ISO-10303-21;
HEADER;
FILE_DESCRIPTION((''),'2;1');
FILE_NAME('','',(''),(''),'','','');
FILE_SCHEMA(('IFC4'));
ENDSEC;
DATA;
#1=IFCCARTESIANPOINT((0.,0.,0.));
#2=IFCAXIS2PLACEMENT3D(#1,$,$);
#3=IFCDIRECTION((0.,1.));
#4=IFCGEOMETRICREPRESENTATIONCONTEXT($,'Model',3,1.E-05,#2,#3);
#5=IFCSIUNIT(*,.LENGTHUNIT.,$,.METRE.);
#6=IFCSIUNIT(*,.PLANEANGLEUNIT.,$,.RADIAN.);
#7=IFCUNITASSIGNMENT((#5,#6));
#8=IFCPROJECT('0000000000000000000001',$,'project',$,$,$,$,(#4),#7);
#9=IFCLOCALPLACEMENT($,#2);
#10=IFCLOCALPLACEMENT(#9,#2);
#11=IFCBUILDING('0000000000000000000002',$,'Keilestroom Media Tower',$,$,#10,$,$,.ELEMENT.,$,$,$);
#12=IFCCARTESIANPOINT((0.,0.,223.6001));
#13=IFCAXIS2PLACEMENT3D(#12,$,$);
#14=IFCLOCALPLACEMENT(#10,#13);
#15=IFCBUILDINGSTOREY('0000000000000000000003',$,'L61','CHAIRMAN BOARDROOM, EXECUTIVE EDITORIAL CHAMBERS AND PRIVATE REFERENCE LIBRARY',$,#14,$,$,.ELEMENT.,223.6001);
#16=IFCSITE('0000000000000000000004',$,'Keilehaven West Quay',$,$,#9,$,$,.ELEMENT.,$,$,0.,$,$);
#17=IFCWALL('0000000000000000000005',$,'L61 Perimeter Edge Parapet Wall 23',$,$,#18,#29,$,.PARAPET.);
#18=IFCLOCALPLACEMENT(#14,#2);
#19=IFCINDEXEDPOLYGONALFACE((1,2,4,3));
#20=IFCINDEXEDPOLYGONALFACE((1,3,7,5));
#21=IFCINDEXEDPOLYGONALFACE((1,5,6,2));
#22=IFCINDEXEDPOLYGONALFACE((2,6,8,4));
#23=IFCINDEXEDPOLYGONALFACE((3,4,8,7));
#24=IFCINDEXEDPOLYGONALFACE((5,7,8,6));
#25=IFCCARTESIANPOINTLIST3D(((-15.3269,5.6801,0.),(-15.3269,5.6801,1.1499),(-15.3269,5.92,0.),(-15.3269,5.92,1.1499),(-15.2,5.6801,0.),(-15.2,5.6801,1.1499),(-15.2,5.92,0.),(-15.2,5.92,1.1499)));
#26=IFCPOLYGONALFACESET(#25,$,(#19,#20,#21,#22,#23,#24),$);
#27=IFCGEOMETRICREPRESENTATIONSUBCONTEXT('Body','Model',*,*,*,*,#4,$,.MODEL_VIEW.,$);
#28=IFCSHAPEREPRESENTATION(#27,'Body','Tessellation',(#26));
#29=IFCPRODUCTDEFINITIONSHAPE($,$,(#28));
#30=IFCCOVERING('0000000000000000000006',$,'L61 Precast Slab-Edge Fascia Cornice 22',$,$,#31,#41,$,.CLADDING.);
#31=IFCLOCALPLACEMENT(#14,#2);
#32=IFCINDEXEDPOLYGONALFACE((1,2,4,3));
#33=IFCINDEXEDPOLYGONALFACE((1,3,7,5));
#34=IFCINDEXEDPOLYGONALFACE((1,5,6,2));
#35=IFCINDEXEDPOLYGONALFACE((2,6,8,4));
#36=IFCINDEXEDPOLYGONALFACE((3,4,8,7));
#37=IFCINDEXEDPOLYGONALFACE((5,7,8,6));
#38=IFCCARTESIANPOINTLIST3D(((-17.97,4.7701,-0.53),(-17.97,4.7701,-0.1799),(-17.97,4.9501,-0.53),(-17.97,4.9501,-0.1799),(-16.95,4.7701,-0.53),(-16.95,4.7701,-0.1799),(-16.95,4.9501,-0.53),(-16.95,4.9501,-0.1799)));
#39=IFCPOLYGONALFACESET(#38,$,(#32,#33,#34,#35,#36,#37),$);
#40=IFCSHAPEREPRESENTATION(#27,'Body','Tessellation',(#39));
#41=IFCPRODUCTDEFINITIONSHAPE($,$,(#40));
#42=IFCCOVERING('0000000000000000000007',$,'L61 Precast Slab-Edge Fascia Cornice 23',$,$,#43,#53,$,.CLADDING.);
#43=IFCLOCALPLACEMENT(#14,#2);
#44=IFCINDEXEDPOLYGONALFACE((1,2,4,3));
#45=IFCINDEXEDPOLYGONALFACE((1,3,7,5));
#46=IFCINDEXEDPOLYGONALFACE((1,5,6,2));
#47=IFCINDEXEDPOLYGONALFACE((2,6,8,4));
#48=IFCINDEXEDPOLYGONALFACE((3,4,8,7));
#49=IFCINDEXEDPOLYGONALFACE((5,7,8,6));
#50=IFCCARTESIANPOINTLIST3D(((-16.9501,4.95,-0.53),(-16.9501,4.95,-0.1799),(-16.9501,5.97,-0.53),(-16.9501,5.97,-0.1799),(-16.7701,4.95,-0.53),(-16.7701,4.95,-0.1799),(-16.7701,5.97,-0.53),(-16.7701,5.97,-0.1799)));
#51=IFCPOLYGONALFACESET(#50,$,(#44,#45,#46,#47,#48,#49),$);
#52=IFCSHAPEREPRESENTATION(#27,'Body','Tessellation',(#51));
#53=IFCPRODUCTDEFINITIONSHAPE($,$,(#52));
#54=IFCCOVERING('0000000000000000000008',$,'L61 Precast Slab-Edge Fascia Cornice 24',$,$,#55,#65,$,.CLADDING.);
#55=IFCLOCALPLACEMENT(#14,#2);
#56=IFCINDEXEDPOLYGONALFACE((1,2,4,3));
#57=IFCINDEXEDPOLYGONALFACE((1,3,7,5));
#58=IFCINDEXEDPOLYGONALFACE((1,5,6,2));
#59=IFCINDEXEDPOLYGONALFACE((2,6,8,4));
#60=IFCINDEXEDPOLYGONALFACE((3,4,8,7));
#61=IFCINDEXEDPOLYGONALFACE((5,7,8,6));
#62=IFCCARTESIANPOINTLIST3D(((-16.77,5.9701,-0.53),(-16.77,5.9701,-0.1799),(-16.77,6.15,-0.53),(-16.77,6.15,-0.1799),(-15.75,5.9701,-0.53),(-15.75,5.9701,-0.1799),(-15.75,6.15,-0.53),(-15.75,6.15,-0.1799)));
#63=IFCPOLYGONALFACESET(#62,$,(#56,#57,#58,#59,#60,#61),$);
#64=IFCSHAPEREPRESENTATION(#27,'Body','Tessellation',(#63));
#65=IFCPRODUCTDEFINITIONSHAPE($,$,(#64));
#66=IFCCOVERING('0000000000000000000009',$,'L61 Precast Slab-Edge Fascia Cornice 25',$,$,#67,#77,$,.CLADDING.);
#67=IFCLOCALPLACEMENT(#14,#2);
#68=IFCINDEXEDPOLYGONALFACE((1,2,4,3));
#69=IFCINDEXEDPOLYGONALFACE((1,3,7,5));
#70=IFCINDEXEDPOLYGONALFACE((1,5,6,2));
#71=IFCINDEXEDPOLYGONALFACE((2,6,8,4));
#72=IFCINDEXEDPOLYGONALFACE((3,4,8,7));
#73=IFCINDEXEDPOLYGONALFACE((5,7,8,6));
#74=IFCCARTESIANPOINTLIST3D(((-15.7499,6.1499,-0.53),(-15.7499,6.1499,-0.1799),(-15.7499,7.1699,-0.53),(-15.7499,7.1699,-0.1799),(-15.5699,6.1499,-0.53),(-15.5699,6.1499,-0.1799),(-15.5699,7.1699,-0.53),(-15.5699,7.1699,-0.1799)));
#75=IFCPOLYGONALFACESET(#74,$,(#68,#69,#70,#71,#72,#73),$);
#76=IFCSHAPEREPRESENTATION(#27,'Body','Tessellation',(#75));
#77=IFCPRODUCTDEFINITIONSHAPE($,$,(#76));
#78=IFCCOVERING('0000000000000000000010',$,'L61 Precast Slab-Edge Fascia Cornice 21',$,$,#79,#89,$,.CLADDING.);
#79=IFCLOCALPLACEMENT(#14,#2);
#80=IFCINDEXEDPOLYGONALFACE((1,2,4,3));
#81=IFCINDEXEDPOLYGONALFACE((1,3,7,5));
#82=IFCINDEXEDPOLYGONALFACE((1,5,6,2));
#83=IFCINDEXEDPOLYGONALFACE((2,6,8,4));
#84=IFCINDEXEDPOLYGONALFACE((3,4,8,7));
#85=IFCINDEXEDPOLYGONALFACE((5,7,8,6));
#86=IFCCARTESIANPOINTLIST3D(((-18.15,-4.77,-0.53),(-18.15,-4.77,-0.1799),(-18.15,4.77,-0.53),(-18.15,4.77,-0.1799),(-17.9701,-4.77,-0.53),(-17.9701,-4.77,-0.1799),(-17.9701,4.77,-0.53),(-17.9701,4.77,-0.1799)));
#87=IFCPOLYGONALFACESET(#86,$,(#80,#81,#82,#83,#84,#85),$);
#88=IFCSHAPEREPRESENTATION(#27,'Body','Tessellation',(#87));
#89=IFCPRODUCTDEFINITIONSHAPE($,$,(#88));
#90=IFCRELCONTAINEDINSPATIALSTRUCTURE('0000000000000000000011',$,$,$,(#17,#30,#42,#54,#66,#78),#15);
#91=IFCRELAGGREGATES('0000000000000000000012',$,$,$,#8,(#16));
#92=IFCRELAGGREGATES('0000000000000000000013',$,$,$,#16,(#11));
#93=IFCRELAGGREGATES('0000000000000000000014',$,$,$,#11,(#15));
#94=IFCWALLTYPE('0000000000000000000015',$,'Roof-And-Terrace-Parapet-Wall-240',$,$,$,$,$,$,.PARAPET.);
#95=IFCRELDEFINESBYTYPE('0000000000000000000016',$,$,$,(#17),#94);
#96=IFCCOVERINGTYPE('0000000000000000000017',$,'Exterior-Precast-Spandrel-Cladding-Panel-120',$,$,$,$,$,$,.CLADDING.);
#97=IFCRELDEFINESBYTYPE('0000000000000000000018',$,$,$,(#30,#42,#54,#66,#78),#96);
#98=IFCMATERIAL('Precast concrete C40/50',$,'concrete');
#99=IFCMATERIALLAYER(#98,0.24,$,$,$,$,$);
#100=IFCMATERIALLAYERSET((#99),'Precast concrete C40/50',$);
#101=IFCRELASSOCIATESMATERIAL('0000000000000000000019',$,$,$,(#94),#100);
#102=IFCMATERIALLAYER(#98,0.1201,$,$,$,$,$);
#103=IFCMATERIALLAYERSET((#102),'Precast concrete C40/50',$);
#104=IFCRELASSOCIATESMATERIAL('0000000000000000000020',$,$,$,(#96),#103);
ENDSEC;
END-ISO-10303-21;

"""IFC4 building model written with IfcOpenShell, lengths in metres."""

from ifc_helpers import new_model, si_unit, direction, frame, frame_2d, origin, origin_2d, place, context, subcontext, project, spatial, rectangle, extrude, source, transform, mapped, material, layer, layer_set, type_object, element, save


model = new_model("IFC4")

# Units and contexts
model_context = context("Model", 3, precision=1e-05, world=origin(), true_north=direction((0.0, 1.0)))
body_context = subcontext(model_context, "Body", "Model", "MODEL_VIEW")
ifc_project = project(units=[si_unit("LENGTHUNIT", "METRE"), si_unit("PLANEANGLEUNIT", "RADIAN")], contexts=[model_context])

# Site, building, storey
site_placement = place(None, origin())
site = spatial("IfcSite", under=ifc_project, at=site_placement, Name="Keilehaven West Quay", CompositionType="ELEMENT", RefElevation=0.0)
building_placement = place(site_placement, origin())
building = spatial("IfcBuilding", under=site, at=building_placement, Name="Keilestroom Media Tower", CompositionType="ELEMENT")
storey_placement = place(building_placement, frame((0.0, 0.0, 223.6001)))
storey = spatial("IfcBuildingStorey", under=building, at=storey_placement, Name="L61", Description="CHAIRMAN BOARDROOM, EXECUTIVE EDITORIAL CHAMBERS AND PRIVATE REFERENCE LIBRARY", CompositionType="ELEMENT", Elevation=223.6001)

# Shared definitions
ifc_material_1 = material(Name="Precast concrete C40/50", Category="concrete")

# Wall
ifc_layer_1 = layer(ifc_material_1, 0.24)
ifc_layer_set_1 = layer_set([ifc_layer_1], Name="Precast concrete C40/50")
wall_type = type_object("IfcWallType", Name="Roof-And-Terrace-Parapet-Wall-240", PredefinedType="PARAPET", material=ifc_layer_set_1)
wall_1_placement = place(storey_placement, frame((-15.3269, 5.8, 0.0), z_axis=(0.0, 0.0, 1.0), x_axis=(1.0, 0.0, 0.0)))
element("IfcWall", 1, at=wall_1_placement, inside=storey, type_object=wall_type, Name="L61 Perimeter Edge Parapet Wall 23", PredefinedType="PARAPET", context=body_context, shape_type="SweptSolid", body=[
    extrude(rectangle(XDim=0.127, YDim=0.24, at=frame_2d((0.0635, 0.0))), origin(), (0.0, 0.0, 1.0), 1.1499),
])

# Coverings
ifc_layer_2 = layer(ifc_material_1, 0.1201)
ifc_layer_set_2 = layer_set([ifc_layer_2], Name="Precast concrete C40/50")
covering_type = type_object("IfcCoveringType", Name="Exterior-Precast-Spandrel-Cladding-Panel-120", PredefinedType="CLADDING", material=ifc_layer_set_2)
shared_shape_1 = source(origin(), body_context, "Body", "SweptSolid", [
    extrude(rectangle(XDim=1.02, YDim=0.1799, at=origin_2d()), origin(), (0.0, 0.0, 1.0), 0.3501),
])
for number, where, z_axis, x_axis, name in (
    (2, (-17.46, 4.8601, -0.53), (0.0, 0.0, 1.0), (1.0, 0.0, 0.0), "L61 Precast Slab-Edge Fascia Cornice 22"),
    (3, (-16.8601, 5.46, -0.53), (0.0, 0.0, 1.0), (0.0, 1.0, 0.0), "L61 Precast Slab-Edge Fascia Cornice 23"),
    (4, (-16.26, 6.0601, -0.53), (0.0, 0.0, 1.0), (1.0, 0.0, 0.0), "L61 Precast Slab-Edge Fascia Cornice 24"),
    (5, (-15.6599, 6.6599, -0.53), (0.0, 0.0, 1.0), (0.0, 1.0, 0.0), "L61 Precast Slab-Edge Fascia Cornice 25"),
):
    element("IfcCovering", number, at=place(storey_placement, frame(where, z_axis=z_axis, x_axis=x_axis)), inside=storey, type_object=covering_type, Name=name, PredefinedType="CLADDING", context=body_context, shape_type="MappedRepresentation", body=[
        mapped(shared_shape_1, transform((0.0, 0.0, 0.0), x_axis=(1.0, 0.0, 0.0), y_axis=(0.0, 1.0, 0.0), z_axis=(0.0, 0.0, 1.0), scale=1.0)),
    ])
shared_shape_2 = source(origin(), body_context, "Body", "SweptSolid", [
    extrude(rectangle(XDim=9.54, YDim=0.1799, at=origin_2d()), origin(), (0.0, 0.0, 1.0), 0.3501),
])
covering_placement = place(storey_placement, frame((-18.0601, 0.0, -0.53), z_axis=(0.0, 0.0, 1.0), x_axis=(0.0, 1.0, 0.0)))
element("IfcCovering", 6, at=covering_placement, inside=storey, type_object=covering_type, Name="L61 Precast Slab-Edge Fascia Cornice 21", PredefinedType="CLADDING", context=body_context, shape_type="MappedRepresentation", body=[
    mapped(shared_shape_2, transform((0.0, 0.0, 0.0), x_axis=(1.0, 0.0, 0.0), y_axis=(0.0, 1.0, 0.0), z_axis=(0.0, 0.0, 1.0), scale=1.0)),
])

save(model, "model.ifc")
